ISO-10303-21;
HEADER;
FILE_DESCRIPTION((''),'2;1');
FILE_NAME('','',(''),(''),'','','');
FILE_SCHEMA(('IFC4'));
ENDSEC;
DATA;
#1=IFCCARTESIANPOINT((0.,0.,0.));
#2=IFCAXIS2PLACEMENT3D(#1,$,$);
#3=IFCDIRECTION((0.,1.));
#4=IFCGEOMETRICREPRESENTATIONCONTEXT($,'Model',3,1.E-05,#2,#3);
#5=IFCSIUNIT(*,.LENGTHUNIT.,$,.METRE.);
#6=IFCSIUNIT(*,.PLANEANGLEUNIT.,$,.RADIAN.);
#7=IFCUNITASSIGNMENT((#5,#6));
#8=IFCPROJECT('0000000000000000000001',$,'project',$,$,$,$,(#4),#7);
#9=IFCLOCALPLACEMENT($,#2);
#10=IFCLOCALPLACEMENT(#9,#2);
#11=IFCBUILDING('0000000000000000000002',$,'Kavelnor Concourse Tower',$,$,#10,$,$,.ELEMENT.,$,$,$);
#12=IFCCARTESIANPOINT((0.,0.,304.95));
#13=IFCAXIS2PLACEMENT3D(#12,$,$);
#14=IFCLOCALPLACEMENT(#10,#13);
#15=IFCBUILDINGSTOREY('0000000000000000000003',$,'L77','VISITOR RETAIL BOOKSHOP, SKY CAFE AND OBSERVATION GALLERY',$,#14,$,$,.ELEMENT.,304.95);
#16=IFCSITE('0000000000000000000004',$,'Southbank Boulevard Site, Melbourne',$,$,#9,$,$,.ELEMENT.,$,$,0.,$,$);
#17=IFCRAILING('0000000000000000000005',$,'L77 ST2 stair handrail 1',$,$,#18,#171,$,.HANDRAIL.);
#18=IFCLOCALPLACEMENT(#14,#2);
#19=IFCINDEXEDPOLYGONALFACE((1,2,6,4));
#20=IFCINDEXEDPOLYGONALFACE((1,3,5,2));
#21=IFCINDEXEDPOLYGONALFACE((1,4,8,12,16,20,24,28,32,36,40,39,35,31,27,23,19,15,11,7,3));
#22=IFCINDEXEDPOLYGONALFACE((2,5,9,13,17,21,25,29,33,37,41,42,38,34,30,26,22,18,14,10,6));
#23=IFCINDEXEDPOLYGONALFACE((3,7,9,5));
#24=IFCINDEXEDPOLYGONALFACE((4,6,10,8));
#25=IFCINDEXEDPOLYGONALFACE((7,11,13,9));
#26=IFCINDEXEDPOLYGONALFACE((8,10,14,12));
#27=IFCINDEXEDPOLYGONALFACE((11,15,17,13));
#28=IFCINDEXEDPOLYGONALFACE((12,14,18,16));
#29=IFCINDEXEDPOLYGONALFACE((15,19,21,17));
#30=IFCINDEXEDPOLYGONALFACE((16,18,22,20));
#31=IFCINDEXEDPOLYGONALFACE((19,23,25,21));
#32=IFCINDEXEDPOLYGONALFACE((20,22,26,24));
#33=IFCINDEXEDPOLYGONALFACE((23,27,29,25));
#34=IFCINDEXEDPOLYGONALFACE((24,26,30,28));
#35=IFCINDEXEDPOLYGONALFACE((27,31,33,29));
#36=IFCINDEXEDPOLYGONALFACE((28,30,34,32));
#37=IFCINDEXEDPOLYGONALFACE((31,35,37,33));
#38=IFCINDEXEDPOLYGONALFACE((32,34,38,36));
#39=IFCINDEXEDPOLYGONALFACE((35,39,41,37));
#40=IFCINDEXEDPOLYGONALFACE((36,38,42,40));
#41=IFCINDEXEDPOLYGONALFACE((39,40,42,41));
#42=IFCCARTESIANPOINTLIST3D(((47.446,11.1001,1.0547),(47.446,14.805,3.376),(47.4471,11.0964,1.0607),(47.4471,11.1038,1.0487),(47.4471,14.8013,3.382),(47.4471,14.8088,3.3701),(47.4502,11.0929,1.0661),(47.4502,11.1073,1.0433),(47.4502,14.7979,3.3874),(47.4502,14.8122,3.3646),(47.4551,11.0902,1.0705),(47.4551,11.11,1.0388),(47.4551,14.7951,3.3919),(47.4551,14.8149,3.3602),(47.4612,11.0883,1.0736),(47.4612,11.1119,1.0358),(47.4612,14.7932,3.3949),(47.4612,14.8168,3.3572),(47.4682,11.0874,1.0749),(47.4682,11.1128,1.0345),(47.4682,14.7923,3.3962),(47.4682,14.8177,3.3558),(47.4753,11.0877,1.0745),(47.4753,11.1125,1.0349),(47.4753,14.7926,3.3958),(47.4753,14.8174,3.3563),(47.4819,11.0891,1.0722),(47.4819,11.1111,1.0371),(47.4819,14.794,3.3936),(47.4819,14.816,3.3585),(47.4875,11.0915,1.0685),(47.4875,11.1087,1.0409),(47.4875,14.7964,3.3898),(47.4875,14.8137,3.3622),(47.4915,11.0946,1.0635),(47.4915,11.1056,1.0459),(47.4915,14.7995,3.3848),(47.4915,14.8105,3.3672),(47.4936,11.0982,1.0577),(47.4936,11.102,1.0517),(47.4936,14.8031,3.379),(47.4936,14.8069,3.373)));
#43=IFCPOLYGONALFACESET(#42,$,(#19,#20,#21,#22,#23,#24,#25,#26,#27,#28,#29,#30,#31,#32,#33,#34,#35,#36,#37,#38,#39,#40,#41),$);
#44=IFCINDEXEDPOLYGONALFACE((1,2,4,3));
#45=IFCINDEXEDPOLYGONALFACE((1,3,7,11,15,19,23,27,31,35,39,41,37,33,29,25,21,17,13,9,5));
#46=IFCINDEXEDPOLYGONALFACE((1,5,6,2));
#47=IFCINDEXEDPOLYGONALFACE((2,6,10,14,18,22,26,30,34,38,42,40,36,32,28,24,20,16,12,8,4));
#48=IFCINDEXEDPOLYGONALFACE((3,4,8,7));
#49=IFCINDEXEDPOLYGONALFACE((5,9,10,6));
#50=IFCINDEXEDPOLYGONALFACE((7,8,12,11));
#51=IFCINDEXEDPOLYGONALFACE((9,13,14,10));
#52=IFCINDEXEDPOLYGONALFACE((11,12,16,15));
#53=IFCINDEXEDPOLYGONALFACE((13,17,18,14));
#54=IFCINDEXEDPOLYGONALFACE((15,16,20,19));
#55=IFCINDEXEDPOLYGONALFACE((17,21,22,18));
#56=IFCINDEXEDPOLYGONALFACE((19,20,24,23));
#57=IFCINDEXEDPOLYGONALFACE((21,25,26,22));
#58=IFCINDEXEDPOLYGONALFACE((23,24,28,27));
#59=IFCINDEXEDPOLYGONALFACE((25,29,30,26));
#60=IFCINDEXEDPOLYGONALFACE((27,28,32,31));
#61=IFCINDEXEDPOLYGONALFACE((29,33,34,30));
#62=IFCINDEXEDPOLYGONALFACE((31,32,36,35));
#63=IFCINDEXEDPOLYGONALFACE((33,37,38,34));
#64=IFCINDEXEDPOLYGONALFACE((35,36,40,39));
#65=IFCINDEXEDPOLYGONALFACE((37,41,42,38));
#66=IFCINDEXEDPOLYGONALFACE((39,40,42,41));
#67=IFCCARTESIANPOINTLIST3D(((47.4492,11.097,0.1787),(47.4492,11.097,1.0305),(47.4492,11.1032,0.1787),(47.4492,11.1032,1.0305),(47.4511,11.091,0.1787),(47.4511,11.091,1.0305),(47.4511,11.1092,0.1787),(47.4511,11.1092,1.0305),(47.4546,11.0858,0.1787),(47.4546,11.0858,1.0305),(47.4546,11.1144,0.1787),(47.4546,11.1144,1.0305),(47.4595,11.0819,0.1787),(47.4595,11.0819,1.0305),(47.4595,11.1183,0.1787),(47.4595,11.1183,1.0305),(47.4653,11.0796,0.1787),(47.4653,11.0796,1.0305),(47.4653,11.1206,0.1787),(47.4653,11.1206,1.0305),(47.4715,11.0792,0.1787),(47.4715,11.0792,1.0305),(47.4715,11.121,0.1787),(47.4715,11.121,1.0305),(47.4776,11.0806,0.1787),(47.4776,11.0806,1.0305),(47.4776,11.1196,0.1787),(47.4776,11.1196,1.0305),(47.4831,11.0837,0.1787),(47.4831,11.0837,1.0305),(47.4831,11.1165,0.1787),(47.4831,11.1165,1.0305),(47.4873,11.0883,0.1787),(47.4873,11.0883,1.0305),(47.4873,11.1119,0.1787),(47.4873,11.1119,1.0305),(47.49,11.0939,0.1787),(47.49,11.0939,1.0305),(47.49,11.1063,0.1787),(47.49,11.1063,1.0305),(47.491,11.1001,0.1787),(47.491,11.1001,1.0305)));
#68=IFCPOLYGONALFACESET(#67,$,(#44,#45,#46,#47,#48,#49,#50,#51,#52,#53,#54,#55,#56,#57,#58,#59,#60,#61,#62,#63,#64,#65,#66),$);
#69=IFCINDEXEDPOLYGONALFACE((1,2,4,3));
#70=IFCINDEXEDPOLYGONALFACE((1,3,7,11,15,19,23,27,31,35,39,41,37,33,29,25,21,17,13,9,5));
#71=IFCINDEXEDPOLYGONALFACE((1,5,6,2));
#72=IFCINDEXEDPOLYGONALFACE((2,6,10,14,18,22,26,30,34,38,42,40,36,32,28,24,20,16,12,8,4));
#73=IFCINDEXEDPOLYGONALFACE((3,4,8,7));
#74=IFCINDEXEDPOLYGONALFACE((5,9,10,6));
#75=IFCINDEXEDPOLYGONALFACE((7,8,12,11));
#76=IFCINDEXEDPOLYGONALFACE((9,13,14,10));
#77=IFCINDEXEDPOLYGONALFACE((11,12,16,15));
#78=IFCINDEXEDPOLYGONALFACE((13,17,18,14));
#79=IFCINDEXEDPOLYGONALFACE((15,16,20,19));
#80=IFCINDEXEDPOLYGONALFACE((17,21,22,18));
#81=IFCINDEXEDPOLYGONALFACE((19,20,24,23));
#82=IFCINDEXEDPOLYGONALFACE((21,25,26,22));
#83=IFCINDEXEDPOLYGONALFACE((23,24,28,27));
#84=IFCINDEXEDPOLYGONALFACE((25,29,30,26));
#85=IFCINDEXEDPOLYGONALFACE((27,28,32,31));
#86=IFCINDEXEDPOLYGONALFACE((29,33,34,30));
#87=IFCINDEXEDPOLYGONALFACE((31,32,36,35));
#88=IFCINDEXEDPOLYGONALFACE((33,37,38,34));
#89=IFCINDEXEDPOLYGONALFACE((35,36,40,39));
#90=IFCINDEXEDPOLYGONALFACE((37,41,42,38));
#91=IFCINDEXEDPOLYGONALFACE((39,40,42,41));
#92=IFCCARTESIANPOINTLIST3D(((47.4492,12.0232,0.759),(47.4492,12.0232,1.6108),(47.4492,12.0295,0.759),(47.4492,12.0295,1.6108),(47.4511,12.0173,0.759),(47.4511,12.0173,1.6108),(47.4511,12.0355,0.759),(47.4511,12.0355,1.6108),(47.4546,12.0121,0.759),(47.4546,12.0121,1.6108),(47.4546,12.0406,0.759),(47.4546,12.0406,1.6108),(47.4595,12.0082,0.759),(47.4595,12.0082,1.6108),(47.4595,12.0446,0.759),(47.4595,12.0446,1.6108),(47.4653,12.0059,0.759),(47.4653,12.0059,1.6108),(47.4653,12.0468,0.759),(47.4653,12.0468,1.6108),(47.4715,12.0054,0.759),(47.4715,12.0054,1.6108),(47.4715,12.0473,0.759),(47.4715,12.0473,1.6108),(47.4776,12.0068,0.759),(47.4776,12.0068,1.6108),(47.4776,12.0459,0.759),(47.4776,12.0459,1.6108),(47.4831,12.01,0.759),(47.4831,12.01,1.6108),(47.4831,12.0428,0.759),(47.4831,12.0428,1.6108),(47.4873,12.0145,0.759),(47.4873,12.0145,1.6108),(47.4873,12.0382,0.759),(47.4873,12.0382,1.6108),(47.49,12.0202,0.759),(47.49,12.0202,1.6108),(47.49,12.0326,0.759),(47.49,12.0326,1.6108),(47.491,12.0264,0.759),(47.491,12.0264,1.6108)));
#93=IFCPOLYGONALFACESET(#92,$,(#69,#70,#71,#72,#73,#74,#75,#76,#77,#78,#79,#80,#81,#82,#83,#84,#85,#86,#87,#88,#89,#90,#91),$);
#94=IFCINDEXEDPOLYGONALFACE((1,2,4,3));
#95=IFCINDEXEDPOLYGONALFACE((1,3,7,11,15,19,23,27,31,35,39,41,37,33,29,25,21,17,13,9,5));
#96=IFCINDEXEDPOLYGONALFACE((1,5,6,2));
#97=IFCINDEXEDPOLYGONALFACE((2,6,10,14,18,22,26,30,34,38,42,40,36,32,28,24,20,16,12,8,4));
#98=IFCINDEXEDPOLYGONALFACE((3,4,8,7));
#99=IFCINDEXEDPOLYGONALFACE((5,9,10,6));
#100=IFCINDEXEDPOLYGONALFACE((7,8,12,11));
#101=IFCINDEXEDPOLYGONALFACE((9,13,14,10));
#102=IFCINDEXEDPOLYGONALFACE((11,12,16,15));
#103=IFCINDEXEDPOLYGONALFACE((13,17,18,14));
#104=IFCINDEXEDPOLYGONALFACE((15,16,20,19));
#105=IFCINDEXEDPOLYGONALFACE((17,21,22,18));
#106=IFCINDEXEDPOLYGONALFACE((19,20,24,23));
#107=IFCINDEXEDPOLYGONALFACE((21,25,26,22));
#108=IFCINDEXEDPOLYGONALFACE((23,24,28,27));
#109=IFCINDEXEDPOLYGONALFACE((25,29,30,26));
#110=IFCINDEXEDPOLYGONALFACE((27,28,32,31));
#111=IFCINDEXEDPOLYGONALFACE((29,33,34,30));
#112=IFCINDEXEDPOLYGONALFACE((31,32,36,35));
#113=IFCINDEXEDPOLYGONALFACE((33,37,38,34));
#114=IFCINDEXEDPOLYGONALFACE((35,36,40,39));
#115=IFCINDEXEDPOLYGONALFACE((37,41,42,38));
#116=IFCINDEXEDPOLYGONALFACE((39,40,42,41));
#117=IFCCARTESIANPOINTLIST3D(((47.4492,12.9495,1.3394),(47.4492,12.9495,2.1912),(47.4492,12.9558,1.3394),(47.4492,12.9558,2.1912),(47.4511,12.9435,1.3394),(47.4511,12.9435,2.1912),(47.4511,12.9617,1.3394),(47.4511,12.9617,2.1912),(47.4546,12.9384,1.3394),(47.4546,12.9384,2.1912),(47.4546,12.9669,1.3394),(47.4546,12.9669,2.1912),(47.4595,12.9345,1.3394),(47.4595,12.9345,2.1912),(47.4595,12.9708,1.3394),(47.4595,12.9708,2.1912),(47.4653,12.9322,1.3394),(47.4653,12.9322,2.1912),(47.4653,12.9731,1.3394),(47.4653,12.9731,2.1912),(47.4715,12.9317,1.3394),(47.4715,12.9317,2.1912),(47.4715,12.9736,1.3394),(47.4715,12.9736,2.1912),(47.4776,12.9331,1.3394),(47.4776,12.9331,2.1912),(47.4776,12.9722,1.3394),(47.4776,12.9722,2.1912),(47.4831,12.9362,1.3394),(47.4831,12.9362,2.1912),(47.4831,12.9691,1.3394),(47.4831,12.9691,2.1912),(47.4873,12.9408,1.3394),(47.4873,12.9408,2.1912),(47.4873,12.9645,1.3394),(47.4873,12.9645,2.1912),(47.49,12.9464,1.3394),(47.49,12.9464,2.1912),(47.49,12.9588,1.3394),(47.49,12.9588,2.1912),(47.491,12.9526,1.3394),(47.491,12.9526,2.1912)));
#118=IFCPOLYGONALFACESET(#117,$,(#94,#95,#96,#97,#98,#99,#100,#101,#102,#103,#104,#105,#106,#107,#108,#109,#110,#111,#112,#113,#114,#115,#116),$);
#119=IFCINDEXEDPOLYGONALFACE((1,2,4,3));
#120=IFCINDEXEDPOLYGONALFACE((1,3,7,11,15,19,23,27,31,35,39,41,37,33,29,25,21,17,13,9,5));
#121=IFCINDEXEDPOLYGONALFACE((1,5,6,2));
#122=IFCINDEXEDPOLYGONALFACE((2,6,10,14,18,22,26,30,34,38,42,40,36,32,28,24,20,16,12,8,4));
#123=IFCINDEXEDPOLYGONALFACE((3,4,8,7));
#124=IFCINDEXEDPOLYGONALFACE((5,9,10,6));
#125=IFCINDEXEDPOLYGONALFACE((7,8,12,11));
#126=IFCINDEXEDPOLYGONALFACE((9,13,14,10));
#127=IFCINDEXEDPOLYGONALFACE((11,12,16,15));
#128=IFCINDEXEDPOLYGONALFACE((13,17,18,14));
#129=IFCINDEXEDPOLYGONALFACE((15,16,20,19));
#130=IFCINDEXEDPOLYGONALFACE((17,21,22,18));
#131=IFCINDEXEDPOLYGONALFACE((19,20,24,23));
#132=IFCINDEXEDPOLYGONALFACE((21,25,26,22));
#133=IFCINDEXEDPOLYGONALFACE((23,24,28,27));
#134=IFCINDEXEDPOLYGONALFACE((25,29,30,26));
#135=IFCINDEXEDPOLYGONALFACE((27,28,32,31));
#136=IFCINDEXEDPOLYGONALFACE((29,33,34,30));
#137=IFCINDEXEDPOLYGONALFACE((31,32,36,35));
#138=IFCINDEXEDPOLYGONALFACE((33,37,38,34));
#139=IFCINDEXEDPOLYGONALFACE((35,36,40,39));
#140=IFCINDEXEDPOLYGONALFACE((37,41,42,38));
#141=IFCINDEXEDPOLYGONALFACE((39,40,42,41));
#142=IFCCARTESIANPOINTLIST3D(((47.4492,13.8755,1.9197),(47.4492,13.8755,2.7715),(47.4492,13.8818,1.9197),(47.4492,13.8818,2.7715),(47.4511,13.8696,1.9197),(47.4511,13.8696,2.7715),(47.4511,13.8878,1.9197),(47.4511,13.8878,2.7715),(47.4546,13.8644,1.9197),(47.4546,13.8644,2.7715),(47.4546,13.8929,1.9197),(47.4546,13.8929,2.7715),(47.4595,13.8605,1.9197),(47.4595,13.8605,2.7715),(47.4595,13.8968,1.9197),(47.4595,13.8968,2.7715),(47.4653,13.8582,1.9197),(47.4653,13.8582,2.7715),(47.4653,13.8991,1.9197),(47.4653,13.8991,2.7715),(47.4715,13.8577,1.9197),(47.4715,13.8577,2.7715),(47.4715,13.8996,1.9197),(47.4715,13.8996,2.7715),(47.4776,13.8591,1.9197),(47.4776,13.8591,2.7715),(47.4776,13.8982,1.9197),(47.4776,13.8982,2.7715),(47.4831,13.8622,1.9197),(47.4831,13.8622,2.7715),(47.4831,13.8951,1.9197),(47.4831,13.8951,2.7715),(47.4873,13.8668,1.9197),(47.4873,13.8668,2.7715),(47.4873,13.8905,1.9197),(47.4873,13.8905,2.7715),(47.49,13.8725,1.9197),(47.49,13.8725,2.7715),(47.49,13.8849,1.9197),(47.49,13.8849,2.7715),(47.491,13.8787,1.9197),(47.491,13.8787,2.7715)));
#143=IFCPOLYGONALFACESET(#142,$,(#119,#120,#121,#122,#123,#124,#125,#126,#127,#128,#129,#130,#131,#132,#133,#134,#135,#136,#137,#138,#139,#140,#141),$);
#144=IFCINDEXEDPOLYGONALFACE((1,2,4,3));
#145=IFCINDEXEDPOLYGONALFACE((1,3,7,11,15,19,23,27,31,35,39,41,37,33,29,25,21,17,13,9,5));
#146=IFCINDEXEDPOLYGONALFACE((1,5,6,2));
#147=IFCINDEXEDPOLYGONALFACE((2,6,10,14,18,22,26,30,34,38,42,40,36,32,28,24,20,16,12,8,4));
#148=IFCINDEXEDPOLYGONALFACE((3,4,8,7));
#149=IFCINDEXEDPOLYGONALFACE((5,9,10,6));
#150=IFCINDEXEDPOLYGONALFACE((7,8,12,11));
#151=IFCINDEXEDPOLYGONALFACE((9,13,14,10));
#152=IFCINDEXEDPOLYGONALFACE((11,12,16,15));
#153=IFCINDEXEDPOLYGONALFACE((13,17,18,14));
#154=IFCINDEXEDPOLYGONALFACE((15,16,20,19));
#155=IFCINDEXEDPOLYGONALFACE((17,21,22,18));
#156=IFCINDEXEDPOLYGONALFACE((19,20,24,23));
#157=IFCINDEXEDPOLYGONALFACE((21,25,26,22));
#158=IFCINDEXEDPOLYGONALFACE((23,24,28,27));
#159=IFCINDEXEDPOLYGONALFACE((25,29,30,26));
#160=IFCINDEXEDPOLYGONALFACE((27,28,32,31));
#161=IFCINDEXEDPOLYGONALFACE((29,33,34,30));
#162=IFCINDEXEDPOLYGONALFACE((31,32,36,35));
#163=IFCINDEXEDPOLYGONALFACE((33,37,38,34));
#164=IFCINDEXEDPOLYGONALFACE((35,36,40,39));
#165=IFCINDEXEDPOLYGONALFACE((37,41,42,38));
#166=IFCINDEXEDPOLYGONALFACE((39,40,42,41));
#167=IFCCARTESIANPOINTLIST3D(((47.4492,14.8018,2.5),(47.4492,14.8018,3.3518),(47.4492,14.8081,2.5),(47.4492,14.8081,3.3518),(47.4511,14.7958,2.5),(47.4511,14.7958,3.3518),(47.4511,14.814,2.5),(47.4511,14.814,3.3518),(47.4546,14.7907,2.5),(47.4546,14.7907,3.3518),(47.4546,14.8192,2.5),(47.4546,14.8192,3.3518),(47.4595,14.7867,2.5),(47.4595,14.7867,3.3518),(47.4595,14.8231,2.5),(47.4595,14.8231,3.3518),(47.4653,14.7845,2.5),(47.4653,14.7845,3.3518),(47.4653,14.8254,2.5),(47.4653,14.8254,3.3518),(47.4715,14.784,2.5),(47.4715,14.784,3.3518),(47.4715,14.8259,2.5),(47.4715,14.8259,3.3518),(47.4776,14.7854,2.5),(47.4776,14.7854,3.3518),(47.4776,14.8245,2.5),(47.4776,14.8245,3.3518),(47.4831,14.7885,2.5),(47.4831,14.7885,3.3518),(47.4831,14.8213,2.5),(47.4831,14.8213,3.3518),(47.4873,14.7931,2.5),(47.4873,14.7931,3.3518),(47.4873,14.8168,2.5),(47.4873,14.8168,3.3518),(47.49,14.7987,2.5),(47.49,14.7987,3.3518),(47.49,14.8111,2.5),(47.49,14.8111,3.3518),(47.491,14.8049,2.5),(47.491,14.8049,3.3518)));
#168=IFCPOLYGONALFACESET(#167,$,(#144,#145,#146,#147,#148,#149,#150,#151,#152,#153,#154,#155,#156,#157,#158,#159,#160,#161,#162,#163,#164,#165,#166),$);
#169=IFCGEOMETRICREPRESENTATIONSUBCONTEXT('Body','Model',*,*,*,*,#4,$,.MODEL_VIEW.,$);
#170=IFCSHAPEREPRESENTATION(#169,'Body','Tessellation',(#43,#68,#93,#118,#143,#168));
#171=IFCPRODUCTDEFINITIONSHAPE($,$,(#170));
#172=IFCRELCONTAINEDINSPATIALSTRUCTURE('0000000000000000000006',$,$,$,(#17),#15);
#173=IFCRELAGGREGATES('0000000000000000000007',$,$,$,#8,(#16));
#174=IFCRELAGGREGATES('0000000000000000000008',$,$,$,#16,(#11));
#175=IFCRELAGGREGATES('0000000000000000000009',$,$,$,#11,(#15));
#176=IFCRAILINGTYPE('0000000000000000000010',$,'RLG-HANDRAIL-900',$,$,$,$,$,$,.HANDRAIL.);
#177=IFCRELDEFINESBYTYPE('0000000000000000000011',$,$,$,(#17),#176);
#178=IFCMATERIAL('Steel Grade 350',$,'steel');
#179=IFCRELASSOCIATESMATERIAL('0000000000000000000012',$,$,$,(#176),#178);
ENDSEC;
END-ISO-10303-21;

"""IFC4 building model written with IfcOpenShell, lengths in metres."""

from ifc_helpers import new_model, si_unit, direction, frame, origin, origin_2d, place, context, subcontext, project, spatial, circle, extrude, material, type_object, element, save


model = new_model("IFC4")

# Units and contexts
model_context = context("Model", 3, precision=1e-05, world=origin(), true_north=direction((0.0, 1.0)))
body_context = subcontext(model_context, "Body", "Model", "MODEL_VIEW")
ifc_project = project(units=[si_unit("LENGTHUNIT", "METRE"), si_unit("PLANEANGLEUNIT", "RADIAN")], contexts=[model_context])

# Site, building, storey
site_placement = place(None, origin())
site = spatial("IfcSite", under=ifc_project, at=site_placement, Name="Southbank Boulevard Site, Melbourne", CompositionType="ELEMENT", RefElevation=0.0)
building_placement = place(site_placement, origin())
building = spatial("IfcBuilding", under=site, at=building_placement, Name="Kavelnor Concourse Tower", CompositionType="ELEMENT")
storey_placement = place(building_placement, frame((0.0, 0.0, 304.95)))
storey = spatial("IfcBuildingStorey", under=building, at=storey_placement, Name="L77", Description="VISITOR RETAIL BOOKSHOP, SKY CAFE AND OBSERVATION GALLERY", CompositionType="ELEMENT", Elevation=304.95)

# Shared definitions
ifc_material_1 = material(Name="Steel Grade 350", Category="steel")

# Railing
railing_type = type_object("IfcRailingType", Name="RLG-HANDRAIL-900", PredefinedType="HANDRAIL", material=ifc_material_1)
railing_placement = place(storey_placement, frame((47.47, 11.1001, 0.1787)))
element("IfcRailing", 1, at=railing_placement, inside=storey, type_object=railing_type, Name="L77 ST2 stair handrail 1", PredefinedType="HANDRAIL", context=body_context, shape_type="SweptSolid", body=[
    extrude(circle(Radius=0.0239, at=origin_2d()), frame((0.0, 0.0, 0.876), z_axis=(0.0, 0.847405, 0.530947), x_axis=(-1.0, 0.0, 0.0)), (0.0, 0.0, 1.0), 4.3721),
    extrude(circle(Radius=0.021, at=origin_2d()), origin(), (0.0, 0.0, 1.0), 0.8518),
    extrude(circle(Radius=0.021, at=origin_2d()), frame((0.0, 0.9263, 0.5803)), (0.0, 0.0, 1.0), 0.8518),
    extrude(circle(Radius=0.021, at=origin_2d()), frame((0.0, 1.8525, 1.1606)), (0.0, 0.0, 1.0), 0.8518),
    extrude(circle(Radius=0.021, at=origin_2d()), frame((0.0, 2.7786, 1.741)), (0.0, 0.0, 1.0), 0.8518),
    extrude(circle(Radius=0.021, at=origin_2d()), frame((0.0, 3.7048, 2.3213)), (0.0, 0.0, 1.0), 0.8518),
])

save(model, "model.ifc")
